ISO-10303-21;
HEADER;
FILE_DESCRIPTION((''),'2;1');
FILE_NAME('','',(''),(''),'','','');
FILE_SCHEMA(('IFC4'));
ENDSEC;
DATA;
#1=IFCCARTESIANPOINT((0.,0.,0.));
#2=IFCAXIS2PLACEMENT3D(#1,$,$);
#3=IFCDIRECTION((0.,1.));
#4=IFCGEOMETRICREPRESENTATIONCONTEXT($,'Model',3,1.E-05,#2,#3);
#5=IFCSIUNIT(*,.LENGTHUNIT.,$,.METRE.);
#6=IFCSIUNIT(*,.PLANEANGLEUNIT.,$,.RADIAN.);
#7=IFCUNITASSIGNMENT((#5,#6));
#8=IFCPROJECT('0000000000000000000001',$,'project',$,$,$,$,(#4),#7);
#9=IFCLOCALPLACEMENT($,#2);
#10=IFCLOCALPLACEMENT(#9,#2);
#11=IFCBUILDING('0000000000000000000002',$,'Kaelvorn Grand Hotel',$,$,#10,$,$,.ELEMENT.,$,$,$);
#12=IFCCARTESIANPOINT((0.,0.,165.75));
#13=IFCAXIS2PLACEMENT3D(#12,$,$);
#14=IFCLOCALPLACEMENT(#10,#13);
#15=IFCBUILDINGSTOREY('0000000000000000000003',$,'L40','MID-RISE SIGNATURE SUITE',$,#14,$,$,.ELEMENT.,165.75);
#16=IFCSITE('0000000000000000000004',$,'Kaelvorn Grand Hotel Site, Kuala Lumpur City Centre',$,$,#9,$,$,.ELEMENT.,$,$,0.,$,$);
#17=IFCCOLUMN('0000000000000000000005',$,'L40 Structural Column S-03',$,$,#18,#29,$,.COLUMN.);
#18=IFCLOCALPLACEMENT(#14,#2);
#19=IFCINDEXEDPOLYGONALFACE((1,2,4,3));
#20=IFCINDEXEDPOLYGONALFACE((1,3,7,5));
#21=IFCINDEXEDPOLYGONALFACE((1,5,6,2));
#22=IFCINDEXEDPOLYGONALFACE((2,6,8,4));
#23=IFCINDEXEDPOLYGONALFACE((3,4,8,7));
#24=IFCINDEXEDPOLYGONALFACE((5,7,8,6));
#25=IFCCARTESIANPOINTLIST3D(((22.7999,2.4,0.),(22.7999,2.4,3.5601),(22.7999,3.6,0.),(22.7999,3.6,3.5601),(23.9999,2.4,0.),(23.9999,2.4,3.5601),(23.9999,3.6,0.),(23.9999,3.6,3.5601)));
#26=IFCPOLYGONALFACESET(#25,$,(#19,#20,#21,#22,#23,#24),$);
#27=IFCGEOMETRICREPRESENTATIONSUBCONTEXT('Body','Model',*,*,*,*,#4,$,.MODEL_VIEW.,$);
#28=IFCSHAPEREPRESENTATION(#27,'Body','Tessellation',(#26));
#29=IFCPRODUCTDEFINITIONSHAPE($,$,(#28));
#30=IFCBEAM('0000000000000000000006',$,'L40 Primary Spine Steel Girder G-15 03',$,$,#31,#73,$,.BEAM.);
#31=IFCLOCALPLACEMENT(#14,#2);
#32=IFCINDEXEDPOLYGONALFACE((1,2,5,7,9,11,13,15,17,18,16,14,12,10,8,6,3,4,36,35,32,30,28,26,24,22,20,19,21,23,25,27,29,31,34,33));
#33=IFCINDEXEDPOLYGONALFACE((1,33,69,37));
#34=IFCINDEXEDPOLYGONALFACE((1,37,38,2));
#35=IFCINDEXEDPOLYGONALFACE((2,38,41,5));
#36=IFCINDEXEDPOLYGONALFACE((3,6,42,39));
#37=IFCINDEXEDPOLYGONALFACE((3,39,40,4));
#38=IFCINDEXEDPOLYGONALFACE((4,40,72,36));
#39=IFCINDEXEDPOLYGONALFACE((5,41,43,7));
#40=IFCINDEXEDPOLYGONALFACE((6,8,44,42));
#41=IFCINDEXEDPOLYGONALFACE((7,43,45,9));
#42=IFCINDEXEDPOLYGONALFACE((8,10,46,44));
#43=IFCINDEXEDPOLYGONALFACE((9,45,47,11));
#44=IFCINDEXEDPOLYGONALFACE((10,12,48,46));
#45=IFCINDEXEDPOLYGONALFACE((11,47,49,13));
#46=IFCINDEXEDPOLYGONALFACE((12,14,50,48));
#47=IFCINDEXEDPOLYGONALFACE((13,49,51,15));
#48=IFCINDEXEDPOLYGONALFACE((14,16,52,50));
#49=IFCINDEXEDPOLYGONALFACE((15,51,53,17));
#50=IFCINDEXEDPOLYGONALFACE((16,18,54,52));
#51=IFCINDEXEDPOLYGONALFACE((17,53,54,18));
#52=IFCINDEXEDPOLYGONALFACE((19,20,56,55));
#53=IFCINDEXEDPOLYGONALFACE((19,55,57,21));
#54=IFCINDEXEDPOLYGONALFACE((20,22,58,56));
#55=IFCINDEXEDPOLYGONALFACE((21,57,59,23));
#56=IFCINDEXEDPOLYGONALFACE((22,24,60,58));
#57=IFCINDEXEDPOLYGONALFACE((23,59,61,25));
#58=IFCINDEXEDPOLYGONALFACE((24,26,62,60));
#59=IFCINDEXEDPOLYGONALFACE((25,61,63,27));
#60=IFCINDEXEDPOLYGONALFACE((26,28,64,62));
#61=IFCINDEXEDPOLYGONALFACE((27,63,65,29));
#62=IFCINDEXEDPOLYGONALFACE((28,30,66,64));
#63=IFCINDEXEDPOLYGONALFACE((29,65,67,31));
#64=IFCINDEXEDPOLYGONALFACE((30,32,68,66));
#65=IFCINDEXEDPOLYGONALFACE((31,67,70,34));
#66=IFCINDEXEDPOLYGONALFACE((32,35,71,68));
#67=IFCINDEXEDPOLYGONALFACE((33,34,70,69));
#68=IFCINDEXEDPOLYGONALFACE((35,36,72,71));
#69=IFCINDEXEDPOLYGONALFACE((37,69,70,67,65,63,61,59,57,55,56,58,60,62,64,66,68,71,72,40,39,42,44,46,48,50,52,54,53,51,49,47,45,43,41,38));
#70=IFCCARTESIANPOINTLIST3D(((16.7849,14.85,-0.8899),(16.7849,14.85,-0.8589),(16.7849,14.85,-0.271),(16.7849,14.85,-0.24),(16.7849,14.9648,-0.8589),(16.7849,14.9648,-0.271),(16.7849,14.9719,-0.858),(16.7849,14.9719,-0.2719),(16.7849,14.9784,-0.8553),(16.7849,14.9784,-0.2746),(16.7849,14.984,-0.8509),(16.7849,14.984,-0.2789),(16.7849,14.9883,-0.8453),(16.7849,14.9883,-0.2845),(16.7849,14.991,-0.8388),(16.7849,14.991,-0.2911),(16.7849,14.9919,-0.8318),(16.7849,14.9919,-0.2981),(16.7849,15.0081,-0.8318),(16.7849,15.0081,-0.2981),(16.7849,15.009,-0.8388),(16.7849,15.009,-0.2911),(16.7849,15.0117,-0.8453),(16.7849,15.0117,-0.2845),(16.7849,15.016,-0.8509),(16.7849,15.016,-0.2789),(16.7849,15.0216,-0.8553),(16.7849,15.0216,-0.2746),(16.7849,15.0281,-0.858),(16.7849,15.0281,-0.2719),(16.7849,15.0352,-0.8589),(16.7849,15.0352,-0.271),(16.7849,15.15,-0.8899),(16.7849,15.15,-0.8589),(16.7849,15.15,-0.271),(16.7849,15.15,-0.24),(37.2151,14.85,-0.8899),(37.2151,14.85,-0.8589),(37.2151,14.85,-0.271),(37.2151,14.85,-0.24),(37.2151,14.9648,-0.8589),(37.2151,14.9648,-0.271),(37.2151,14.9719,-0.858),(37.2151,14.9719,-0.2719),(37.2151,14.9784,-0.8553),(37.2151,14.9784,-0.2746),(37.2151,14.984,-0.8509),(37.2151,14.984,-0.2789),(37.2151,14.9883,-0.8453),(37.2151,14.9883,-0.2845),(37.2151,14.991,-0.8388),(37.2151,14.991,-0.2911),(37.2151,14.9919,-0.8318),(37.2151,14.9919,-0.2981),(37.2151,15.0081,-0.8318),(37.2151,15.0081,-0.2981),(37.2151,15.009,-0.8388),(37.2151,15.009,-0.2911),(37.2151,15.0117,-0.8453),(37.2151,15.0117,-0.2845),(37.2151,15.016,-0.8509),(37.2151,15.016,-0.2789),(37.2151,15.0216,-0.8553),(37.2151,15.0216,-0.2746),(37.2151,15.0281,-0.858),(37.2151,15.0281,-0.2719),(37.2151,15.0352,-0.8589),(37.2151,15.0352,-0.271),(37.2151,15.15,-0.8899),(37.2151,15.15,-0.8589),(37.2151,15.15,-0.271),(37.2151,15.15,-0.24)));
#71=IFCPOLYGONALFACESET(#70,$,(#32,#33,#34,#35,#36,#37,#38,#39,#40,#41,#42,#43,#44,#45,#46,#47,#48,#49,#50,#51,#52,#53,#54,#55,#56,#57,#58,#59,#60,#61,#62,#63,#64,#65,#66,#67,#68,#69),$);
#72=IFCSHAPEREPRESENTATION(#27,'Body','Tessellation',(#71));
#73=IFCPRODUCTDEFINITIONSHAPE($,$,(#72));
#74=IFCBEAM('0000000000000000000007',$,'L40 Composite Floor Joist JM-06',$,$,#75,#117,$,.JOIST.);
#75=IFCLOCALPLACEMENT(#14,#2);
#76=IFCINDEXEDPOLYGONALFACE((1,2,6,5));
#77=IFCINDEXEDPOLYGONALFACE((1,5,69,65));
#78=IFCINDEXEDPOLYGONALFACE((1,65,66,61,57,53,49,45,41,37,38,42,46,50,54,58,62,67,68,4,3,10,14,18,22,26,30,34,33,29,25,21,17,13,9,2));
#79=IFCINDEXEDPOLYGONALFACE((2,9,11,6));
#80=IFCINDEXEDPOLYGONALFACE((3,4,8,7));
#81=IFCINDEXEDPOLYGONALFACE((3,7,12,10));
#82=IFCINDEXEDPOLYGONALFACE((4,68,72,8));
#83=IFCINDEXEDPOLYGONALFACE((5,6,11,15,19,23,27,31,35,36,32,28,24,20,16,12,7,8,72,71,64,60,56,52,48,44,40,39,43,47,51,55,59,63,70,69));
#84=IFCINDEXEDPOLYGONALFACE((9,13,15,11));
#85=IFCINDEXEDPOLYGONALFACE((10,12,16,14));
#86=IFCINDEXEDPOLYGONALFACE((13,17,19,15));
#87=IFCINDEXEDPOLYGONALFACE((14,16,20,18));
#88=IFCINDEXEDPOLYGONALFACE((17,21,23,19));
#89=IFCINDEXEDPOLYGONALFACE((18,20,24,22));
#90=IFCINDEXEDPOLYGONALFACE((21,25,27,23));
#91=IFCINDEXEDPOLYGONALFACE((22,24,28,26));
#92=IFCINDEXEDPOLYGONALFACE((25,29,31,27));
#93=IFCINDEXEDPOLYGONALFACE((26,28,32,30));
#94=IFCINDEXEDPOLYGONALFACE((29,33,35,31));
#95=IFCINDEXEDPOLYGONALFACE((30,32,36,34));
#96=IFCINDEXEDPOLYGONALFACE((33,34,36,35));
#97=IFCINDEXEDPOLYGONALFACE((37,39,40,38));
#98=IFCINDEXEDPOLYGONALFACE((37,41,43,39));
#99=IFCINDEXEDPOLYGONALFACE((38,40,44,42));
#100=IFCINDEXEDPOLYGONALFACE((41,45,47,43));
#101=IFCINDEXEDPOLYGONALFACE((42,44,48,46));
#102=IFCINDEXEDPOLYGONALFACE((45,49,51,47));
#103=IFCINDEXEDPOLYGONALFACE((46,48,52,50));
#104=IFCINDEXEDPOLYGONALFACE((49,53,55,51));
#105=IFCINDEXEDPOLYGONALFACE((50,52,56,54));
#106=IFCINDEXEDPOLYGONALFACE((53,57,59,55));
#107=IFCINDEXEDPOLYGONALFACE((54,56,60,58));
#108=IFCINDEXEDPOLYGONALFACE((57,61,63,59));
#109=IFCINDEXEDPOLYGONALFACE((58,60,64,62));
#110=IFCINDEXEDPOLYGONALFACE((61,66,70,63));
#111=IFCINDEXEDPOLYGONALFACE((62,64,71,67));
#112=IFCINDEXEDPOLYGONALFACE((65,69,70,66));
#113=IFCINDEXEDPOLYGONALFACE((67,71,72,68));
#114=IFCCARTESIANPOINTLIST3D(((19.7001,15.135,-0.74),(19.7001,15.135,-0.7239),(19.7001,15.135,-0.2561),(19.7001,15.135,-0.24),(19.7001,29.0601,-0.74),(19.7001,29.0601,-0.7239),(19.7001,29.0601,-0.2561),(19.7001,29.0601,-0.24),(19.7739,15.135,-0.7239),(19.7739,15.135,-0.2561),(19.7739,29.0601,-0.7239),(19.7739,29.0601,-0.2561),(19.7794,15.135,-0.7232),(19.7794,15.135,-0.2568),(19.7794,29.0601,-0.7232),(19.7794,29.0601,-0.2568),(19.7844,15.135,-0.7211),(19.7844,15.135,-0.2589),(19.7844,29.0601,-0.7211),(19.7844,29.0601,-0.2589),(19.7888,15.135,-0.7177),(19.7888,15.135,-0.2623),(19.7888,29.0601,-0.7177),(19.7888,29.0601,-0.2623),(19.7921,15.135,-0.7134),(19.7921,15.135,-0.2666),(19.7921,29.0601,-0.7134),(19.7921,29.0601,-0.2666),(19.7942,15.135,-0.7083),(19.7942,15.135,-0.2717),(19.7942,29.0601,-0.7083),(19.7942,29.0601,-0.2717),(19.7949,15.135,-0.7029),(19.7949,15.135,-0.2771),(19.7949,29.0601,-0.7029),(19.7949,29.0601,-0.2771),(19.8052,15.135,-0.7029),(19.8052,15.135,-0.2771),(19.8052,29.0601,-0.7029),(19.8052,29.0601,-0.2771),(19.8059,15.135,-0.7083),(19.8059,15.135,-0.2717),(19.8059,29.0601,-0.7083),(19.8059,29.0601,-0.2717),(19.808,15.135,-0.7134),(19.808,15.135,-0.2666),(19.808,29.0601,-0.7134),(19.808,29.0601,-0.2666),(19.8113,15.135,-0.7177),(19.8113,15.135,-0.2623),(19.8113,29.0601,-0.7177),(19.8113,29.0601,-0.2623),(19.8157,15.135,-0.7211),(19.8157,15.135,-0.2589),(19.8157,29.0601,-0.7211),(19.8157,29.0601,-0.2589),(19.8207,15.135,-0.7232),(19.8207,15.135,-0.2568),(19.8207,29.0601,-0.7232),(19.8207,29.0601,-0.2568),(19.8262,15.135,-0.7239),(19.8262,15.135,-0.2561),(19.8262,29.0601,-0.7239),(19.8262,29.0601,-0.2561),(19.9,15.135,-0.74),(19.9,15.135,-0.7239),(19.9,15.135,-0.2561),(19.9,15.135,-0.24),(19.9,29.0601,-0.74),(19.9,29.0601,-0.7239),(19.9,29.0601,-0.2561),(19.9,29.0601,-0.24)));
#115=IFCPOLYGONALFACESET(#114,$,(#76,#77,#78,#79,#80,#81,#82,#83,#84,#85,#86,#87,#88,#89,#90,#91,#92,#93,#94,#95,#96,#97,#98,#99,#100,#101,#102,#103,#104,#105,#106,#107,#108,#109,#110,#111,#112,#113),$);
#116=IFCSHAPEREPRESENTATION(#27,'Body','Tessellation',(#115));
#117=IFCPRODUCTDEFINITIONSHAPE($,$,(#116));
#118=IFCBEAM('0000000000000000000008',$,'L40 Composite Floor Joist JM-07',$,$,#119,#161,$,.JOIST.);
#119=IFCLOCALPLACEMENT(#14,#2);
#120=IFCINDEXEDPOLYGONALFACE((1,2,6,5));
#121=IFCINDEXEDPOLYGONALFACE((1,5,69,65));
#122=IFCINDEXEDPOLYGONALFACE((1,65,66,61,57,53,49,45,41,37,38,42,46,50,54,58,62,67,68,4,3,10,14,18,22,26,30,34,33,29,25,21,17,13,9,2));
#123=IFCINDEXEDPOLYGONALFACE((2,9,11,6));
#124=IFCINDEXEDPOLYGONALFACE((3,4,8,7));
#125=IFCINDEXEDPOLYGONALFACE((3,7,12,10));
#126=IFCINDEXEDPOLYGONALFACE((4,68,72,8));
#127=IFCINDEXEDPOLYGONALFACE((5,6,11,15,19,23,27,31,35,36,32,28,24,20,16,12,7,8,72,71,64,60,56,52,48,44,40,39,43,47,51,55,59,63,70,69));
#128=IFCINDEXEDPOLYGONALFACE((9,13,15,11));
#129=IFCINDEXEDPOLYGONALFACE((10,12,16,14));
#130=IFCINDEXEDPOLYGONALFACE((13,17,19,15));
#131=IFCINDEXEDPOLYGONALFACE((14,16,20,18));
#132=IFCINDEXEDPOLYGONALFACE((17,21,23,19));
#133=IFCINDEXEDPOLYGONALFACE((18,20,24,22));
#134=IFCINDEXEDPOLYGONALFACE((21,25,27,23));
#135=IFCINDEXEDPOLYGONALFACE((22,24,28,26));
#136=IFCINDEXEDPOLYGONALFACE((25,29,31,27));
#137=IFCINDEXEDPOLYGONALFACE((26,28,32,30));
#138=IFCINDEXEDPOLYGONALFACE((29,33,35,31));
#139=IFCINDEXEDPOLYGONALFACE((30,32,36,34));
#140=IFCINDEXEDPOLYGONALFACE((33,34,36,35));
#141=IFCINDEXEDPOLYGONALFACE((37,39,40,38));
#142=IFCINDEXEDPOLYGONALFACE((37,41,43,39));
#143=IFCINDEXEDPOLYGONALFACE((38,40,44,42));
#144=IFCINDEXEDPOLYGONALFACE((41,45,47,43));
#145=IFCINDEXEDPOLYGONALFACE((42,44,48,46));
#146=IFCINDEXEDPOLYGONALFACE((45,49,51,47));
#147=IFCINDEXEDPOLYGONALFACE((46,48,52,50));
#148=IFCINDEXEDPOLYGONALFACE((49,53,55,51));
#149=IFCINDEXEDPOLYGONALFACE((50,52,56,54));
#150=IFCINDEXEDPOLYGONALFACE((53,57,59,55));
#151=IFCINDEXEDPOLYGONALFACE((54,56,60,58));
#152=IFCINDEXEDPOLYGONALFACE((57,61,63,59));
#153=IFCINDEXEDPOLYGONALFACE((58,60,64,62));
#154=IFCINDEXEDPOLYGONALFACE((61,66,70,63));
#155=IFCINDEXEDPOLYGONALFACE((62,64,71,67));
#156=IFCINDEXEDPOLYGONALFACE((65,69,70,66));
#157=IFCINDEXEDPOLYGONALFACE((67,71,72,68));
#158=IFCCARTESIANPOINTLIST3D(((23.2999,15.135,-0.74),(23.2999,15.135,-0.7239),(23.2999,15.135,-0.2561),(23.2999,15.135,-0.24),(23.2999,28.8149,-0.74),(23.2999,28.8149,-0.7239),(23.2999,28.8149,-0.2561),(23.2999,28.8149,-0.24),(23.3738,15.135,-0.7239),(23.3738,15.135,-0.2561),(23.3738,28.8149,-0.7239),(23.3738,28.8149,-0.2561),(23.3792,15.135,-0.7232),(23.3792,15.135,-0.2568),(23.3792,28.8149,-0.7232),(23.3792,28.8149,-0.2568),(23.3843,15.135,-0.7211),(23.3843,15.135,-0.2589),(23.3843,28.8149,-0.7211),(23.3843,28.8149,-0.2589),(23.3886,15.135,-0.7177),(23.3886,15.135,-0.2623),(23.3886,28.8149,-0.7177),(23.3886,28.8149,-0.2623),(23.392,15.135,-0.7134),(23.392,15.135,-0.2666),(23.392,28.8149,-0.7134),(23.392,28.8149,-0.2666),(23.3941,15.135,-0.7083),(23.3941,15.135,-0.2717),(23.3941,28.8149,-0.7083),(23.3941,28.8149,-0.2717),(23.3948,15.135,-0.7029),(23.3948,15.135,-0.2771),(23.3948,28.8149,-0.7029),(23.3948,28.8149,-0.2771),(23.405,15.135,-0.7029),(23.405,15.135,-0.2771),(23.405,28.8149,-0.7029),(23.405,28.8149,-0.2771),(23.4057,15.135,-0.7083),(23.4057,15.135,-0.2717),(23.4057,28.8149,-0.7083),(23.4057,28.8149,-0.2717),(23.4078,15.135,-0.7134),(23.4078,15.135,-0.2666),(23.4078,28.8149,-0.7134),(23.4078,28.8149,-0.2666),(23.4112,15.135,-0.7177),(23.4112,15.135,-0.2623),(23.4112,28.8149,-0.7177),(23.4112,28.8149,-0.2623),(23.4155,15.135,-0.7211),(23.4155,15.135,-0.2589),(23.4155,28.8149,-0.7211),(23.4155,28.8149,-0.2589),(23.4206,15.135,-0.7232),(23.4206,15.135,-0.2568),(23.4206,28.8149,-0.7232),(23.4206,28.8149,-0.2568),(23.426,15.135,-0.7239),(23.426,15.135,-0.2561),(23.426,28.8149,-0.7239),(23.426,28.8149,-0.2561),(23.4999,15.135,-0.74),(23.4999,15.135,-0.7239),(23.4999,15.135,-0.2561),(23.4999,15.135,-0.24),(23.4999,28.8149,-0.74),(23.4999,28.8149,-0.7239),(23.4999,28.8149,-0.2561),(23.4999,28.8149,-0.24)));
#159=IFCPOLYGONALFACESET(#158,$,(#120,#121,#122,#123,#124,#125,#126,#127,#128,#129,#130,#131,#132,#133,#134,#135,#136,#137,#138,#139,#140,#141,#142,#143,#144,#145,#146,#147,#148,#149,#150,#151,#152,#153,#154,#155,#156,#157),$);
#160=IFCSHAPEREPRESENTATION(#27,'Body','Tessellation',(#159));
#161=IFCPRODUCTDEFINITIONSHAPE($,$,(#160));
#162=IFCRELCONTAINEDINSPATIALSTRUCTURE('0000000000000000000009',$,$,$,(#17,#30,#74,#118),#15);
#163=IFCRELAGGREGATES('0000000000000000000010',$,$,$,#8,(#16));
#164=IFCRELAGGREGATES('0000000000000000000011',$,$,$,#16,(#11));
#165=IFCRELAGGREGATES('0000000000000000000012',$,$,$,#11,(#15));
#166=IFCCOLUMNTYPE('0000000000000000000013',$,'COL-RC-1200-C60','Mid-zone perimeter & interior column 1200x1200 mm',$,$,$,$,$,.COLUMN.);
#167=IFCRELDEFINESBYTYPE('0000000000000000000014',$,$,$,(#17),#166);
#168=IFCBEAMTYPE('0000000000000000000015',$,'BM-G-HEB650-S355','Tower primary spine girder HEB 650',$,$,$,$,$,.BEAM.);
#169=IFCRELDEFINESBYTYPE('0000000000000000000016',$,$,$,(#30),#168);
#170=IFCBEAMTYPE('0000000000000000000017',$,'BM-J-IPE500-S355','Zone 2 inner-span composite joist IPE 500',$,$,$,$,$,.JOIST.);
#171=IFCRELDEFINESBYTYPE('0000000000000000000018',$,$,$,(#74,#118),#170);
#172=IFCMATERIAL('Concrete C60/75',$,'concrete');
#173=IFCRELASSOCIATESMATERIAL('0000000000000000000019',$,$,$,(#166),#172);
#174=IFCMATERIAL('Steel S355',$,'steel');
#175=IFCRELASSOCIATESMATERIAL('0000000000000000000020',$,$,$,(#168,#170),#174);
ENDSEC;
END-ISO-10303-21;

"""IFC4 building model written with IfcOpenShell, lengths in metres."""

from ifc_helpers import new_model, si_unit, direction, frame, origin, origin_2d, place, context, subcontext, project, spatial, rectangle, i_section, extrude, material, material_profile, profile_set, type_object, element, save


model = new_model("IFC4")

# Units and contexts
model_context = context("Model", 3, precision=1e-05, world=origin(), true_north=direction((0.0, 1.0)))
body_context = subcontext(model_context, "Body", "Model", "MODEL_VIEW")
ifc_project = project(units=[si_unit("LENGTHUNIT", "METRE"), si_unit("PLANEANGLEUNIT", "RADIAN")], contexts=[model_context])

# Site, building, storey
site_placement = place(None, origin())
site = spatial("IfcSite", under=ifc_project, at=site_placement, Name="Kaelvorn Grand Hotel Site, Kuala Lumpur City Centre", CompositionType="ELEMENT", RefElevation=0.0)
building_placement = place(site_placement, origin())
building = spatial("IfcBuilding", under=site, at=building_placement, Name="Kaelvorn Grand Hotel", CompositionType="ELEMENT")
storey_placement = place(building_placement, frame((0.0, 0.0, 165.75)))
storey = spatial("IfcBuildingStorey", under=building, at=storey_placement, Name="L40", Description="MID-RISE SIGNATURE SUITE", CompositionType="ELEMENT", Elevation=165.75)

# Column
ifc_material_1 = material(Name="Concrete C60/75", Category="concrete")
ifc_material_profile_1 = material_profile(ifc_material_1, rectangle(XDim=1.2, YDim=1.2, at=origin_2d()), Name="RC COL 1200x1200")
ifc_profile_set_1 = profile_set([ifc_material_profile_1], Name="Concrete C60/75")
column_type = type_object("IfcColumnType", Name="COL-RC-1200-C60", Description="Mid-zone perimeter & interior column 1200x1200 mm", PredefinedType="COLUMN", material=ifc_profile_set_1)
column_placement = place(storey_placement, frame((23.3999, 3.0, 0.0), z_axis=(0.0, 0.0, 1.0), x_axis=(1.0, 0.0, 0.0)))
element("IfcColumn", 1, at=column_placement, inside=storey, type_object=column_type, Name="L40 Structural Column S-03", PredefinedType="COLUMN", context=body_context, shape_type="SweptSolid", body=[
    extrude(rectangle(XDim=1.2, YDim=1.2, at=origin_2d()), origin(), (0.0, 0.0, 1.0), 3.5601),
])

# Beams
ifc_material_2 = material(Name="Steel S355", Category="steel")
ifc_material_profile_2 = material_profile(ifc_material_2, i_section(OverallWidth=0.3, OverallDepth=0.6499, WebThickness=0.0161, FlangeThickness=0.031, FilletRadius=0.0271, at=origin_2d()), Name="HEB 650")
ifc_profile_set_2 = profile_set([ifc_material_profile_2], Name="Steel S355")
beam_type_1 = type_object("IfcBeamType", Name="BM-G-HEB650-S355", Description="Tower primary spine girder HEB 650", PredefinedType="BEAM", material=ifc_profile_set_2)
beam_1_placement = place(storey_placement, frame((16.7849, 15.0, -0.5649), z_axis=(1.0, 0.0, 0.0), x_axis=(0.0, 1.0, 0.0)))
element("IfcBeam", 2, at=beam_1_placement, inside=storey, type_object=beam_type_1, Name="L40 Primary Spine Steel Girder G-15 03", PredefinedType="BEAM", context=body_context, shape_type="SweptSolid", body=[
    extrude(i_section(OverallWidth=0.3, OverallDepth=0.6499, WebThickness=0.0161, FlangeThickness=0.031, FilletRadius=0.0271, at=origin_2d()), origin(), (0.0, 0.0, 1.0), 20.4302),
])
ifc_material_profile_3 = material_profile(ifc_material_2, i_section(OverallWidth=0.2, OverallDepth=0.5, WebThickness=0.0103, FlangeThickness=0.0161, FilletRadius=0.021, at=origin_2d()), Name="IPE 500")
ifc_profile_set_3 = profile_set([ifc_material_profile_3], Name="Steel S355")
beam_type_2 = type_object("IfcBeamType", Name="BM-J-IPE500-S355", Description="Zone 2 inner-span composite joist IPE 500", PredefinedType="JOIST", material=ifc_profile_set_3)
beam_2_placement = place(storey_placement, frame((19.8, 15.135, -0.49), z_axis=(0.0, 1.0, 0.0), x_axis=(-1.0, 0.0, 0.0)))
element("IfcBeam", 3, at=beam_2_placement, inside=storey, type_object=beam_type_2, Name="L40 Composite Floor Joist JM-06", PredefinedType="JOIST", context=body_context, shape_type="SweptSolid", body=[
    extrude(i_section(OverallWidth=0.2, OverallDepth=0.5, WebThickness=0.0103, FlangeThickness=0.0161, FilletRadius=0.021, at=origin_2d()), origin(), (0.0, 0.0, 1.0), 13.925),
])
beam_3_placement = place(storey_placement, frame((23.3999, 15.135, -0.49), z_axis=(0.0, 1.0, 0.0), x_axis=(-1.0, 0.0, 0.0)))
element("IfcBeam", 4, at=beam_3_placement, inside=storey, type_object=beam_type_2, Name="L40 Composite Floor Joist JM-07", PredefinedType="JOIST", context=body_context, shape_type="SweptSolid", body=[
    extrude(i_section(OverallWidth=0.2, OverallDepth=0.5, WebThickness=0.0103, FlangeThickness=0.0161, FilletRadius=0.021, at=origin_2d()), origin(), (0.0, 0.0, 1.0), 13.6799),
])

save(model, "model.ifc")
